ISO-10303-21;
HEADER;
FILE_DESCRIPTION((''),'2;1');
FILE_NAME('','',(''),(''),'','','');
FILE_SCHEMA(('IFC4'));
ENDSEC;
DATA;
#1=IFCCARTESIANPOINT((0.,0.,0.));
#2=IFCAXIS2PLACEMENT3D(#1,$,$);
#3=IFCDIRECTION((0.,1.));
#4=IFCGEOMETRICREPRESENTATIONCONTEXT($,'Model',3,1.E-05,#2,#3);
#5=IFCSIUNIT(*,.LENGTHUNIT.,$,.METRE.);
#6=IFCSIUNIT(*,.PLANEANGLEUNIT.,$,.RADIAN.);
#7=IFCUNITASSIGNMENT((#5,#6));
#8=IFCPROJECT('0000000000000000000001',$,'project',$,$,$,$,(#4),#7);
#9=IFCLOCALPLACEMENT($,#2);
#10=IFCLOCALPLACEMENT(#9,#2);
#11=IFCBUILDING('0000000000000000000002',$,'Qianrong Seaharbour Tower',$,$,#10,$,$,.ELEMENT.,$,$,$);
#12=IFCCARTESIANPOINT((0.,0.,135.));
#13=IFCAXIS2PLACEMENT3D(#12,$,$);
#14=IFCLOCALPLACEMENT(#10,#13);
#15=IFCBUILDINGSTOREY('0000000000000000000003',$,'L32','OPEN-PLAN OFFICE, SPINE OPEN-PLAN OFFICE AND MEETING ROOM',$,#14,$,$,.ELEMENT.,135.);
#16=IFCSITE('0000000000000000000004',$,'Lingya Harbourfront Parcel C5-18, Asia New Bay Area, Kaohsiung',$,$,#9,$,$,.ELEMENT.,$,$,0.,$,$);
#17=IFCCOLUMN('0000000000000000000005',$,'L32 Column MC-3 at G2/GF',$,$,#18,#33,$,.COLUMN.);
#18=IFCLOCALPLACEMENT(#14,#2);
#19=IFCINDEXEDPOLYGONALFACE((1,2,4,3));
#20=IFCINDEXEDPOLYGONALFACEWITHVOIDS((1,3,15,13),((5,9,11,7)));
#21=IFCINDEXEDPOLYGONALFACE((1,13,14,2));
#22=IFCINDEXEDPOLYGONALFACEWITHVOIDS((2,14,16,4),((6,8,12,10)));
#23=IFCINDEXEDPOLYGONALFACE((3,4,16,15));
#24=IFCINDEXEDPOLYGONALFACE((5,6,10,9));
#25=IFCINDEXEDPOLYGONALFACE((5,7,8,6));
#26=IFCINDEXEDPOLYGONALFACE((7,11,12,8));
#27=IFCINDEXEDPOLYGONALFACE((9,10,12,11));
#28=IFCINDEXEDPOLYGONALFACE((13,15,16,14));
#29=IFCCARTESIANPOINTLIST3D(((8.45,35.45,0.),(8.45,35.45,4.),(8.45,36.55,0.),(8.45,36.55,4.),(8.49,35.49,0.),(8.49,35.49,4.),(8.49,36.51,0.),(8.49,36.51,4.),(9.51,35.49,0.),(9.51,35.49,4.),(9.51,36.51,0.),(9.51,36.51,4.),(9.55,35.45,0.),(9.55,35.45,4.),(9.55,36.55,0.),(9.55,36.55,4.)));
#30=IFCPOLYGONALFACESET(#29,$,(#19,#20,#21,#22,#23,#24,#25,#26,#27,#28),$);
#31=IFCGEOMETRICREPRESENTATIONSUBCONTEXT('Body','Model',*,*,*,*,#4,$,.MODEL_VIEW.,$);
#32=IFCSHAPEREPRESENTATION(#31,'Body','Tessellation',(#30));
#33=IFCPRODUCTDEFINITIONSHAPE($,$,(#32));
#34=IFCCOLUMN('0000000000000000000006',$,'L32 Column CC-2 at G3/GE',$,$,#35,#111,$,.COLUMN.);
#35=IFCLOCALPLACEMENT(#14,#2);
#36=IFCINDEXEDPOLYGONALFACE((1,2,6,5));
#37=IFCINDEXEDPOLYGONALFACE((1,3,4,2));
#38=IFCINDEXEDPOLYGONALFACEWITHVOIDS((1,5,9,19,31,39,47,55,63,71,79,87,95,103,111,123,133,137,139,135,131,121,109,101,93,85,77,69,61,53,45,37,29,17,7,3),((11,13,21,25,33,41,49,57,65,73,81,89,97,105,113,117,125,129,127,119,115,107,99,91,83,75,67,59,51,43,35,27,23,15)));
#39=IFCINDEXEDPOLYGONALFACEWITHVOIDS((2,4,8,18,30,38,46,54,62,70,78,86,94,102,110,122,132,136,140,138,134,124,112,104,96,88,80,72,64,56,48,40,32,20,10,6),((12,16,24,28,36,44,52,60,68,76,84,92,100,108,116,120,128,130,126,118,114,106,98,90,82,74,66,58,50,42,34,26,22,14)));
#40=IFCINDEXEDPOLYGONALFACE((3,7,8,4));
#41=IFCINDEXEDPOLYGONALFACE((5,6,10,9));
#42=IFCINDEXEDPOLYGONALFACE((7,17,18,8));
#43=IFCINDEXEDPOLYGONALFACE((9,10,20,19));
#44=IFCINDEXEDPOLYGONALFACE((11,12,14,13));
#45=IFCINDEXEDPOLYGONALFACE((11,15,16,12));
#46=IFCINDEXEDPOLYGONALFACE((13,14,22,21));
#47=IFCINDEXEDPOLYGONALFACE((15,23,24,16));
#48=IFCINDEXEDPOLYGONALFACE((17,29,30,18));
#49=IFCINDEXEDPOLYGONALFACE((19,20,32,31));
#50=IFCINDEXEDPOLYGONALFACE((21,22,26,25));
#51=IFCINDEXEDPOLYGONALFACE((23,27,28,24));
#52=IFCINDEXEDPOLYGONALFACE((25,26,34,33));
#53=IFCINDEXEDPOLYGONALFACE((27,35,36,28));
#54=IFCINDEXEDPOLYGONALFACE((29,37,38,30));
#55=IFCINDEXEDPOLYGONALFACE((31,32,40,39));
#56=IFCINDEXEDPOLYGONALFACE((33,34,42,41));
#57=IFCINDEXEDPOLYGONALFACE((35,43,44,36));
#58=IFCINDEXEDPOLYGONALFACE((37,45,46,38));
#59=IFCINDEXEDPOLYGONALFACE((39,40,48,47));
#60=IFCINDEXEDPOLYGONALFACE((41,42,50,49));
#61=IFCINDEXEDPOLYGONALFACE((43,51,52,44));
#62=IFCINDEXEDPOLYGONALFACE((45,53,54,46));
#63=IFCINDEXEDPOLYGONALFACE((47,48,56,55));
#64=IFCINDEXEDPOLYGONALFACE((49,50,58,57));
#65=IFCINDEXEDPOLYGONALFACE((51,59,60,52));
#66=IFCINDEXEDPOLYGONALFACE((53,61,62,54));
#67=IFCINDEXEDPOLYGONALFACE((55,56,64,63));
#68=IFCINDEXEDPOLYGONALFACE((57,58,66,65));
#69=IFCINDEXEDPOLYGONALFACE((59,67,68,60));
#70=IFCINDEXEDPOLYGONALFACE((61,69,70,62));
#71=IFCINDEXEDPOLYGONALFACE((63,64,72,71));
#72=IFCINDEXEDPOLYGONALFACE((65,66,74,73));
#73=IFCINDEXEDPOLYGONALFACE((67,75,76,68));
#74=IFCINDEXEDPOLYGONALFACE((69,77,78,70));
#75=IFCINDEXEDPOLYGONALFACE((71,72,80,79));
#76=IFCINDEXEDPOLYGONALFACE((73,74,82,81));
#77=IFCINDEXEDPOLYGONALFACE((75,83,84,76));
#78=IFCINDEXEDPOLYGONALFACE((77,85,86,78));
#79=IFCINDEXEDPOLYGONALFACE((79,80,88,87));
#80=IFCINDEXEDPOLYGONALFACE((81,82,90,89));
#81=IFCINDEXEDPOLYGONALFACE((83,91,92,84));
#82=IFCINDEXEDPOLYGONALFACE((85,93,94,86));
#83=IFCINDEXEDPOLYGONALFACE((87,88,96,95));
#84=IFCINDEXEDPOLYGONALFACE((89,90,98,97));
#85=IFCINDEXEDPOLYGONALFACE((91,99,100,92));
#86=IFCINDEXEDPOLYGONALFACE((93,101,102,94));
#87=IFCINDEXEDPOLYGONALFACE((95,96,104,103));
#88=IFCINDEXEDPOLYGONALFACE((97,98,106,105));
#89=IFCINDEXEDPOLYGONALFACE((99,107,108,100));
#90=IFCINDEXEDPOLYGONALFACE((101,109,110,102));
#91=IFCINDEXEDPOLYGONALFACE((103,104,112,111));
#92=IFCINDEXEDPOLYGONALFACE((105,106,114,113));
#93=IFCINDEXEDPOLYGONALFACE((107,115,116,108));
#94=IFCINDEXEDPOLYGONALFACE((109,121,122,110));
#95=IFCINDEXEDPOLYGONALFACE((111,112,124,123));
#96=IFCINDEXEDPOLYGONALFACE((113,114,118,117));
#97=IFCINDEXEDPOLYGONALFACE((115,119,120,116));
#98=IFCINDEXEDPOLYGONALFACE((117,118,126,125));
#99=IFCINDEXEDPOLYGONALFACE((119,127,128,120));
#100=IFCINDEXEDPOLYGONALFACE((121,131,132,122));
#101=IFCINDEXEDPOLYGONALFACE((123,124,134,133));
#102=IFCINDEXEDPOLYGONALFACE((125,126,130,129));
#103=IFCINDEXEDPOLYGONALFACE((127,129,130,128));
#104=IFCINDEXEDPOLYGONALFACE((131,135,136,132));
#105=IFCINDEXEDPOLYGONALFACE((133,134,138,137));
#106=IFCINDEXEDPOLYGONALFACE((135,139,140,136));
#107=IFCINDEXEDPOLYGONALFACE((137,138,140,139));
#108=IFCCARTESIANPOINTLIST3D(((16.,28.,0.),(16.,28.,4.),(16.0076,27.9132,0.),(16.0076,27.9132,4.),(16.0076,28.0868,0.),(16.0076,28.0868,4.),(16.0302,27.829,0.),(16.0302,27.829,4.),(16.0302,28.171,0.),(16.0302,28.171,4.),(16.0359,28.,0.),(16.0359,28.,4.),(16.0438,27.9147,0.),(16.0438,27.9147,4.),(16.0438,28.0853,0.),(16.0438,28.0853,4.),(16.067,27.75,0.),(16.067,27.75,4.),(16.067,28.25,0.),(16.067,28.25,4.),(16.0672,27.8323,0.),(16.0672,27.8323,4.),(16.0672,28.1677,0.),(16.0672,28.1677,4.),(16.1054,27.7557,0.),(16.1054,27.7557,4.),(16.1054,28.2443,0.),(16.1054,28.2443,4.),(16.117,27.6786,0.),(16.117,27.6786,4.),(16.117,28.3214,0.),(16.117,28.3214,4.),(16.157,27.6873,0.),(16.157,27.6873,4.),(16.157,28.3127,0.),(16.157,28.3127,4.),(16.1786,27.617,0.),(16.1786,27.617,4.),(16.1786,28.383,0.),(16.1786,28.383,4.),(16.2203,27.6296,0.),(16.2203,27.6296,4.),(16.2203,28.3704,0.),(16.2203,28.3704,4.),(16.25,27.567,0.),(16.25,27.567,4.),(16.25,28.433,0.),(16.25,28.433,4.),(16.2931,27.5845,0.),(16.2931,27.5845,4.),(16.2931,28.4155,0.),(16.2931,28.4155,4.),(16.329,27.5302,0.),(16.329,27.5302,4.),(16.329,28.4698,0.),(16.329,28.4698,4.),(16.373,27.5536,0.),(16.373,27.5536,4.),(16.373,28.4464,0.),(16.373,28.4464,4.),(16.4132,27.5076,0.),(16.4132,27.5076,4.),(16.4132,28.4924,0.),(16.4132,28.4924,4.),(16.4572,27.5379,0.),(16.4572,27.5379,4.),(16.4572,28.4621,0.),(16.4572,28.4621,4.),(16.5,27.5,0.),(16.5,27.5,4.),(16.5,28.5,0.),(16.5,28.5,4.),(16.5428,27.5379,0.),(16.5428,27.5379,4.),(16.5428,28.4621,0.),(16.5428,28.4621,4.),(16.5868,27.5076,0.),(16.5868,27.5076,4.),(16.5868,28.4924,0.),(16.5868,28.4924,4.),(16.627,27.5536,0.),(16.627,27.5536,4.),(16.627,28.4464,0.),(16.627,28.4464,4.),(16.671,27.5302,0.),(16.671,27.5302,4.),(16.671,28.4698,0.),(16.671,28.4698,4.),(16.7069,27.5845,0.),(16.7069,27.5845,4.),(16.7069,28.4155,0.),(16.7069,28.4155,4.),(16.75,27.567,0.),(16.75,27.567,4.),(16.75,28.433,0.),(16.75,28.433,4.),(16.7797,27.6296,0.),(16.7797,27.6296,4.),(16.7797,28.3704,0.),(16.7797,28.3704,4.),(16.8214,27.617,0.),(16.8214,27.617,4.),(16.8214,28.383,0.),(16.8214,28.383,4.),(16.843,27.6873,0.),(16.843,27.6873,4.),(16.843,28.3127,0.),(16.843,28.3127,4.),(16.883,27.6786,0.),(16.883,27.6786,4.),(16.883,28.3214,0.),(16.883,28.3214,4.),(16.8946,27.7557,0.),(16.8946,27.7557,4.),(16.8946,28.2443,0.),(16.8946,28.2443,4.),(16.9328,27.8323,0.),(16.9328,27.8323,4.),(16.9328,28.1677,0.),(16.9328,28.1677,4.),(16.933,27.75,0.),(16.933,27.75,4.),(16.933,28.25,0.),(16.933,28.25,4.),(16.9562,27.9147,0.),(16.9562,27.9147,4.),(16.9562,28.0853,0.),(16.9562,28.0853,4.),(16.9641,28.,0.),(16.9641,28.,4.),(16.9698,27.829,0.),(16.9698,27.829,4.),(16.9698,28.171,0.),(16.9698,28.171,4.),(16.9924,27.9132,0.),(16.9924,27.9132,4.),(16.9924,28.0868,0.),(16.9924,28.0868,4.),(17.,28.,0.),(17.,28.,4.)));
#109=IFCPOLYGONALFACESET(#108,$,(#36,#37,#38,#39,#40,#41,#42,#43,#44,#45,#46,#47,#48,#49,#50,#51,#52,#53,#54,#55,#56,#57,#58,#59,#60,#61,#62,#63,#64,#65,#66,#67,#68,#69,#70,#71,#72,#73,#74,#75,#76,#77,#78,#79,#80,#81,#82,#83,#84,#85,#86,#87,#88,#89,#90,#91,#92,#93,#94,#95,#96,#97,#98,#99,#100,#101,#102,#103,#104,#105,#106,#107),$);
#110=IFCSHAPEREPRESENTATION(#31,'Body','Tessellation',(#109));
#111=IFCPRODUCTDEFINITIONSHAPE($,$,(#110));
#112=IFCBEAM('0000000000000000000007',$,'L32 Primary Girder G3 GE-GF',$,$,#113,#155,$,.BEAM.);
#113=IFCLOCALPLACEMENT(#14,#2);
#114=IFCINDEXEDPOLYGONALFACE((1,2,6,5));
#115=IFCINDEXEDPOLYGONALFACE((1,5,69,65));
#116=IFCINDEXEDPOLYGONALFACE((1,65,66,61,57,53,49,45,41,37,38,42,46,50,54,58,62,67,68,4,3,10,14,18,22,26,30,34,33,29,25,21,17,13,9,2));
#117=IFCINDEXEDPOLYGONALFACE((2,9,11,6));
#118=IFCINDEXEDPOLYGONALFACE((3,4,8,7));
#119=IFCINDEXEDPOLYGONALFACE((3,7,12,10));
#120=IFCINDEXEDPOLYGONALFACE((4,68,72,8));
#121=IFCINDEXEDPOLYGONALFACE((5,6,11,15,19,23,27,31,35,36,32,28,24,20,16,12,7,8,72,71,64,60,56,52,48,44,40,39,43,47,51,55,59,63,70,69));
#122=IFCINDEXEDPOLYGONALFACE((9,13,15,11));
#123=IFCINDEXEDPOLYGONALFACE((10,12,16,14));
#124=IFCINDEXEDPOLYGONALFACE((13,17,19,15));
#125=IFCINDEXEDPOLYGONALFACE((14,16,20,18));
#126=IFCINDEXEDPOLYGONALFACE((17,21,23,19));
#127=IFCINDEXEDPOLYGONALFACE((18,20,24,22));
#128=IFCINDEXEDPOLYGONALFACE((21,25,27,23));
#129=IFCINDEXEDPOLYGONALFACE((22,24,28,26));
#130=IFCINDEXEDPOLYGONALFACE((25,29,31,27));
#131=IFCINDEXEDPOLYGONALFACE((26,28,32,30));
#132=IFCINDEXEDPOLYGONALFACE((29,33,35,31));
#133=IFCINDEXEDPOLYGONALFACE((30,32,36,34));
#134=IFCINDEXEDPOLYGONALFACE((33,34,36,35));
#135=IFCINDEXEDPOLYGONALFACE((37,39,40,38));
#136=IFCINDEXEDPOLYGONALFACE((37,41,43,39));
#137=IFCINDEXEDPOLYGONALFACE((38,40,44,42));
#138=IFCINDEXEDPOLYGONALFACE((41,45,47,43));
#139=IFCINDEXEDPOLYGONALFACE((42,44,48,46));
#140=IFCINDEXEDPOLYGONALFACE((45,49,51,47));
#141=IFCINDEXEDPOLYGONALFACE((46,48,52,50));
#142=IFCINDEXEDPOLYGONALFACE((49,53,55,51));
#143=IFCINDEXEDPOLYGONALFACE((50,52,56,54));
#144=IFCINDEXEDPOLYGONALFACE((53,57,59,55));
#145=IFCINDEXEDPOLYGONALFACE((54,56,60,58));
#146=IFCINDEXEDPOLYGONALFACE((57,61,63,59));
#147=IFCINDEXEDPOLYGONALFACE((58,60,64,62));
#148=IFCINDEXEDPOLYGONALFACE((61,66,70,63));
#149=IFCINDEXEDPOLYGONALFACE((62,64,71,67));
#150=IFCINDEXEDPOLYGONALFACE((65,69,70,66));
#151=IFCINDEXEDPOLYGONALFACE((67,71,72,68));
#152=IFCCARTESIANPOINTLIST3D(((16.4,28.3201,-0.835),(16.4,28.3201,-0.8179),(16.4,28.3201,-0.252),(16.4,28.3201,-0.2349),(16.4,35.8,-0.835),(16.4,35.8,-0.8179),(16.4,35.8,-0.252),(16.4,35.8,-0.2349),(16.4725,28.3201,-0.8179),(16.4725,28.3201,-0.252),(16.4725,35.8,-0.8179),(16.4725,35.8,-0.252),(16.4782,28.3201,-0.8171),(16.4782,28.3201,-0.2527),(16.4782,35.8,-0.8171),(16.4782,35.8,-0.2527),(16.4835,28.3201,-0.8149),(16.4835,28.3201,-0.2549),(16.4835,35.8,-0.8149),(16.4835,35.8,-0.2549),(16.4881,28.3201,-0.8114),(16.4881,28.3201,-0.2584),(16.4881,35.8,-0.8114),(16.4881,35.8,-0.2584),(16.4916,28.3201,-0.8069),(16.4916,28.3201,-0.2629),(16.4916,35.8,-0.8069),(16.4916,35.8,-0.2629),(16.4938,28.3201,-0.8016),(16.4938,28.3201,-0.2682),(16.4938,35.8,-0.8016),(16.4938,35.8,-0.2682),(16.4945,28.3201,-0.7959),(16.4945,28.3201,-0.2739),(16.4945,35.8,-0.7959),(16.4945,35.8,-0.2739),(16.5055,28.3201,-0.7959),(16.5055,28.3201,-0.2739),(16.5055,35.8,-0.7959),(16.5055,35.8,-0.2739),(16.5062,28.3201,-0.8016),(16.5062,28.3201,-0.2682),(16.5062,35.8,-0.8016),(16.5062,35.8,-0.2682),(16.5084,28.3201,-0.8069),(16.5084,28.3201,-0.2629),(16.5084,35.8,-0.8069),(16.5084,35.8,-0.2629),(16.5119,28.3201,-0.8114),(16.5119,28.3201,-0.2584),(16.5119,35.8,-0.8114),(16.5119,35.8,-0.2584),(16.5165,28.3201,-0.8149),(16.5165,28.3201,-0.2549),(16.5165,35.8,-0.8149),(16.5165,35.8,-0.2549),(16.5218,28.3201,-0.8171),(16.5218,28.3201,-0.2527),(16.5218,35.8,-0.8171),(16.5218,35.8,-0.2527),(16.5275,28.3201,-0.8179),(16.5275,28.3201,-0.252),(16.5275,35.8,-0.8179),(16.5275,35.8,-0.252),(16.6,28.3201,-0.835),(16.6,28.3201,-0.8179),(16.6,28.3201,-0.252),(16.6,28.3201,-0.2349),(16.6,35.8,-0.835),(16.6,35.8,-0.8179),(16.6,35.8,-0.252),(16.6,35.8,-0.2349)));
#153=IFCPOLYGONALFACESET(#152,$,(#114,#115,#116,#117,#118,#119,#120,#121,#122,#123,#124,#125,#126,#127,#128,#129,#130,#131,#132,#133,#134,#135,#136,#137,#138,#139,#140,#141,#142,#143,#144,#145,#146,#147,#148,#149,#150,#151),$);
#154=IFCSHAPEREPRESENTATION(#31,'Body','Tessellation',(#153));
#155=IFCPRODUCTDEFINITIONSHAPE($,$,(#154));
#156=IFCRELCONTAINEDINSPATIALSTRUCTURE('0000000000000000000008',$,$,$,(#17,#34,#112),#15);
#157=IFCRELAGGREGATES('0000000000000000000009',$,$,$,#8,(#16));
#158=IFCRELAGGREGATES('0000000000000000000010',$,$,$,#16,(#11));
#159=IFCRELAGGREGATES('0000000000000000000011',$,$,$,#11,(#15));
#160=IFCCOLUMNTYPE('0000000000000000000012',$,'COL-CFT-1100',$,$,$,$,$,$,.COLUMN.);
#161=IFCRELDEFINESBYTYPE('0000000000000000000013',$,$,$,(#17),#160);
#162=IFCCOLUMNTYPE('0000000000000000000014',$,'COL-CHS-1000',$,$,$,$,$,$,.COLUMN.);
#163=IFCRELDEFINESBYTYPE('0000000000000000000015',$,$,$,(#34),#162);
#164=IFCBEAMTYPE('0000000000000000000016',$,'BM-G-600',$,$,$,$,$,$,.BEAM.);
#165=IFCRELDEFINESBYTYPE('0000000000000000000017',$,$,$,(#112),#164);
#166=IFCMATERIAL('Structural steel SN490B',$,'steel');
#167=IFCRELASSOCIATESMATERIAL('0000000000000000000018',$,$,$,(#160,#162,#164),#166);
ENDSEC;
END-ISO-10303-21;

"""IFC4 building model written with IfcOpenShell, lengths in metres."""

from ifc_helpers import new_model, si_unit, direction, frame, origin, origin_2d, place, context, subcontext, project, spatial, hollow_rectangle, hollow_circle, i_section, extrude, material, material_profile, profile_set, type_object, element, save


model = new_model("IFC4")

# Units and contexts
model_context = context("Model", 3, precision=1e-05, world=origin(), true_north=direction((0.0, 1.0)))
body_context = subcontext(model_context, "Body", "Model", "MODEL_VIEW")
ifc_project = project(units=[si_unit("LENGTHUNIT", "METRE"), si_unit("PLANEANGLEUNIT", "RADIAN")], contexts=[model_context])

# Site, building, storey
site_placement = place(None, origin())
site = spatial("IfcSite", under=ifc_project, at=site_placement, Name="Lingya Harbourfront Parcel C5-18, Asia New Bay Area, Kaohsiung", CompositionType="ELEMENT", RefElevation=0.0)
building_placement = place(site_placement, origin())
building = spatial("IfcBuilding", under=site, at=building_placement, Name="Qianrong Seaharbour Tower", CompositionType="ELEMENT")
storey_placement = place(building_placement, frame((0.0, 0.0, 135.0)))
storey = spatial("IfcBuildingStorey", under=building, at=storey_placement, Name="L32", Description="OPEN-PLAN OFFICE, SPINE OPEN-PLAN OFFICE AND MEETING ROOM", CompositionType="ELEMENT", Elevation=135.0)

# Columns
ifc_material_1 = material(Name="Structural steel SN490B", Category="steel")
ifc_material_profile_1 = material_profile(ifc_material_1, hollow_rectangle(XDim=1.1001, YDim=1.1001, WallThickness=0.04, at=origin_2d()), Name="BOX1100x1100x40")
ifc_profile_set_1 = profile_set([ifc_material_profile_1], Name="Structural steel SN490B")
column_type_1 = type_object("IfcColumnType", Name="COL-CFT-1100", PredefinedType="COLUMN", material=ifc_profile_set_1)
column_1_placement = place(storey_placement, frame((9.0, 36.0, 0.0), z_axis=(0.0, 0.0, 1.0), x_axis=(1.0, 0.0, 0.0)))
element("IfcColumn", 1, at=column_1_placement, inside=storey, type_object=column_type_1, Name="L32 Column MC-3 at G2/GF", PredefinedType="COLUMN", context=body_context, shape_type="SweptSolid", body=[
    extrude(hollow_rectangle(XDim=1.1001, YDim=1.1001, WallThickness=0.04, at=origin_2d()), origin(), (0.0, 0.0, 1.0), 4.0),
])
ifc_material_profile_2 = material_profile(ifc_material_1, hollow_circle(Radius=0.5, WallThickness=0.0359, at=origin_2d()), Name="CHS1000x36")
ifc_profile_set_2 = profile_set([ifc_material_profile_2], Name="Structural steel SN490B")
column_type_2 = type_object("IfcColumnType", Name="COL-CHS-1000", PredefinedType="COLUMN", material=ifc_profile_set_2)
column_2_placement = place(storey_placement, frame((16.5, 28.0, 0.0), z_axis=(0.0, 0.0, 1.0), x_axis=(1.0, 0.0, 0.0)))
element("IfcColumn", 2, at=column_2_placement, inside=storey, type_object=column_type_2, Name="L32 Column CC-2 at G3/GE", PredefinedType="COLUMN", context=body_context, shape_type="SweptSolid", body=[
    extrude(hollow_circle(Radius=0.5, WallThickness=0.0359, at=origin_2d()), origin(), (0.0, 0.0, 1.0), 4.0),
])

# Beam
ifc_material_profile_3 = material_profile(ifc_material_1, i_section(OverallWidth=0.2, OverallDepth=0.6001, WebThickness=0.011, FlangeThickness=0.0171, FilletRadius=0.022, at=origin_2d()), Name="H600x200x11x17")
ifc_profile_set_3 = profile_set([ifc_material_profile_3], Name="Structural steel SN490B")
beam_type_1 = type_object("IfcBeamType", Name="BM-G-600", PredefinedType="BEAM", material=ifc_profile_set_3)
beam_1_placement = place(storey_placement, frame((16.5, 28.3201, -0.5349), z_axis=(0.0, 1.0, 0.0), x_axis=(-1.0, 0.0, 0.0)))
element("IfcBeam", 3, at=beam_1_placement, inside=storey, type_object=beam_type_1, Name="L32 Primary Girder G3 GE-GF", PredefinedType="BEAM", context=body_context, shape_type="SweptSolid", body=[
    extrude(i_section(OverallWidth=0.2, OverallDepth=0.6001, WebThickness=0.011, FlangeThickness=0.0171, FilletRadius=0.022, at=origin_2d()), origin(), (0.0, 0.0, 1.0), 7.48),
])

save(model, "model.ifc")
